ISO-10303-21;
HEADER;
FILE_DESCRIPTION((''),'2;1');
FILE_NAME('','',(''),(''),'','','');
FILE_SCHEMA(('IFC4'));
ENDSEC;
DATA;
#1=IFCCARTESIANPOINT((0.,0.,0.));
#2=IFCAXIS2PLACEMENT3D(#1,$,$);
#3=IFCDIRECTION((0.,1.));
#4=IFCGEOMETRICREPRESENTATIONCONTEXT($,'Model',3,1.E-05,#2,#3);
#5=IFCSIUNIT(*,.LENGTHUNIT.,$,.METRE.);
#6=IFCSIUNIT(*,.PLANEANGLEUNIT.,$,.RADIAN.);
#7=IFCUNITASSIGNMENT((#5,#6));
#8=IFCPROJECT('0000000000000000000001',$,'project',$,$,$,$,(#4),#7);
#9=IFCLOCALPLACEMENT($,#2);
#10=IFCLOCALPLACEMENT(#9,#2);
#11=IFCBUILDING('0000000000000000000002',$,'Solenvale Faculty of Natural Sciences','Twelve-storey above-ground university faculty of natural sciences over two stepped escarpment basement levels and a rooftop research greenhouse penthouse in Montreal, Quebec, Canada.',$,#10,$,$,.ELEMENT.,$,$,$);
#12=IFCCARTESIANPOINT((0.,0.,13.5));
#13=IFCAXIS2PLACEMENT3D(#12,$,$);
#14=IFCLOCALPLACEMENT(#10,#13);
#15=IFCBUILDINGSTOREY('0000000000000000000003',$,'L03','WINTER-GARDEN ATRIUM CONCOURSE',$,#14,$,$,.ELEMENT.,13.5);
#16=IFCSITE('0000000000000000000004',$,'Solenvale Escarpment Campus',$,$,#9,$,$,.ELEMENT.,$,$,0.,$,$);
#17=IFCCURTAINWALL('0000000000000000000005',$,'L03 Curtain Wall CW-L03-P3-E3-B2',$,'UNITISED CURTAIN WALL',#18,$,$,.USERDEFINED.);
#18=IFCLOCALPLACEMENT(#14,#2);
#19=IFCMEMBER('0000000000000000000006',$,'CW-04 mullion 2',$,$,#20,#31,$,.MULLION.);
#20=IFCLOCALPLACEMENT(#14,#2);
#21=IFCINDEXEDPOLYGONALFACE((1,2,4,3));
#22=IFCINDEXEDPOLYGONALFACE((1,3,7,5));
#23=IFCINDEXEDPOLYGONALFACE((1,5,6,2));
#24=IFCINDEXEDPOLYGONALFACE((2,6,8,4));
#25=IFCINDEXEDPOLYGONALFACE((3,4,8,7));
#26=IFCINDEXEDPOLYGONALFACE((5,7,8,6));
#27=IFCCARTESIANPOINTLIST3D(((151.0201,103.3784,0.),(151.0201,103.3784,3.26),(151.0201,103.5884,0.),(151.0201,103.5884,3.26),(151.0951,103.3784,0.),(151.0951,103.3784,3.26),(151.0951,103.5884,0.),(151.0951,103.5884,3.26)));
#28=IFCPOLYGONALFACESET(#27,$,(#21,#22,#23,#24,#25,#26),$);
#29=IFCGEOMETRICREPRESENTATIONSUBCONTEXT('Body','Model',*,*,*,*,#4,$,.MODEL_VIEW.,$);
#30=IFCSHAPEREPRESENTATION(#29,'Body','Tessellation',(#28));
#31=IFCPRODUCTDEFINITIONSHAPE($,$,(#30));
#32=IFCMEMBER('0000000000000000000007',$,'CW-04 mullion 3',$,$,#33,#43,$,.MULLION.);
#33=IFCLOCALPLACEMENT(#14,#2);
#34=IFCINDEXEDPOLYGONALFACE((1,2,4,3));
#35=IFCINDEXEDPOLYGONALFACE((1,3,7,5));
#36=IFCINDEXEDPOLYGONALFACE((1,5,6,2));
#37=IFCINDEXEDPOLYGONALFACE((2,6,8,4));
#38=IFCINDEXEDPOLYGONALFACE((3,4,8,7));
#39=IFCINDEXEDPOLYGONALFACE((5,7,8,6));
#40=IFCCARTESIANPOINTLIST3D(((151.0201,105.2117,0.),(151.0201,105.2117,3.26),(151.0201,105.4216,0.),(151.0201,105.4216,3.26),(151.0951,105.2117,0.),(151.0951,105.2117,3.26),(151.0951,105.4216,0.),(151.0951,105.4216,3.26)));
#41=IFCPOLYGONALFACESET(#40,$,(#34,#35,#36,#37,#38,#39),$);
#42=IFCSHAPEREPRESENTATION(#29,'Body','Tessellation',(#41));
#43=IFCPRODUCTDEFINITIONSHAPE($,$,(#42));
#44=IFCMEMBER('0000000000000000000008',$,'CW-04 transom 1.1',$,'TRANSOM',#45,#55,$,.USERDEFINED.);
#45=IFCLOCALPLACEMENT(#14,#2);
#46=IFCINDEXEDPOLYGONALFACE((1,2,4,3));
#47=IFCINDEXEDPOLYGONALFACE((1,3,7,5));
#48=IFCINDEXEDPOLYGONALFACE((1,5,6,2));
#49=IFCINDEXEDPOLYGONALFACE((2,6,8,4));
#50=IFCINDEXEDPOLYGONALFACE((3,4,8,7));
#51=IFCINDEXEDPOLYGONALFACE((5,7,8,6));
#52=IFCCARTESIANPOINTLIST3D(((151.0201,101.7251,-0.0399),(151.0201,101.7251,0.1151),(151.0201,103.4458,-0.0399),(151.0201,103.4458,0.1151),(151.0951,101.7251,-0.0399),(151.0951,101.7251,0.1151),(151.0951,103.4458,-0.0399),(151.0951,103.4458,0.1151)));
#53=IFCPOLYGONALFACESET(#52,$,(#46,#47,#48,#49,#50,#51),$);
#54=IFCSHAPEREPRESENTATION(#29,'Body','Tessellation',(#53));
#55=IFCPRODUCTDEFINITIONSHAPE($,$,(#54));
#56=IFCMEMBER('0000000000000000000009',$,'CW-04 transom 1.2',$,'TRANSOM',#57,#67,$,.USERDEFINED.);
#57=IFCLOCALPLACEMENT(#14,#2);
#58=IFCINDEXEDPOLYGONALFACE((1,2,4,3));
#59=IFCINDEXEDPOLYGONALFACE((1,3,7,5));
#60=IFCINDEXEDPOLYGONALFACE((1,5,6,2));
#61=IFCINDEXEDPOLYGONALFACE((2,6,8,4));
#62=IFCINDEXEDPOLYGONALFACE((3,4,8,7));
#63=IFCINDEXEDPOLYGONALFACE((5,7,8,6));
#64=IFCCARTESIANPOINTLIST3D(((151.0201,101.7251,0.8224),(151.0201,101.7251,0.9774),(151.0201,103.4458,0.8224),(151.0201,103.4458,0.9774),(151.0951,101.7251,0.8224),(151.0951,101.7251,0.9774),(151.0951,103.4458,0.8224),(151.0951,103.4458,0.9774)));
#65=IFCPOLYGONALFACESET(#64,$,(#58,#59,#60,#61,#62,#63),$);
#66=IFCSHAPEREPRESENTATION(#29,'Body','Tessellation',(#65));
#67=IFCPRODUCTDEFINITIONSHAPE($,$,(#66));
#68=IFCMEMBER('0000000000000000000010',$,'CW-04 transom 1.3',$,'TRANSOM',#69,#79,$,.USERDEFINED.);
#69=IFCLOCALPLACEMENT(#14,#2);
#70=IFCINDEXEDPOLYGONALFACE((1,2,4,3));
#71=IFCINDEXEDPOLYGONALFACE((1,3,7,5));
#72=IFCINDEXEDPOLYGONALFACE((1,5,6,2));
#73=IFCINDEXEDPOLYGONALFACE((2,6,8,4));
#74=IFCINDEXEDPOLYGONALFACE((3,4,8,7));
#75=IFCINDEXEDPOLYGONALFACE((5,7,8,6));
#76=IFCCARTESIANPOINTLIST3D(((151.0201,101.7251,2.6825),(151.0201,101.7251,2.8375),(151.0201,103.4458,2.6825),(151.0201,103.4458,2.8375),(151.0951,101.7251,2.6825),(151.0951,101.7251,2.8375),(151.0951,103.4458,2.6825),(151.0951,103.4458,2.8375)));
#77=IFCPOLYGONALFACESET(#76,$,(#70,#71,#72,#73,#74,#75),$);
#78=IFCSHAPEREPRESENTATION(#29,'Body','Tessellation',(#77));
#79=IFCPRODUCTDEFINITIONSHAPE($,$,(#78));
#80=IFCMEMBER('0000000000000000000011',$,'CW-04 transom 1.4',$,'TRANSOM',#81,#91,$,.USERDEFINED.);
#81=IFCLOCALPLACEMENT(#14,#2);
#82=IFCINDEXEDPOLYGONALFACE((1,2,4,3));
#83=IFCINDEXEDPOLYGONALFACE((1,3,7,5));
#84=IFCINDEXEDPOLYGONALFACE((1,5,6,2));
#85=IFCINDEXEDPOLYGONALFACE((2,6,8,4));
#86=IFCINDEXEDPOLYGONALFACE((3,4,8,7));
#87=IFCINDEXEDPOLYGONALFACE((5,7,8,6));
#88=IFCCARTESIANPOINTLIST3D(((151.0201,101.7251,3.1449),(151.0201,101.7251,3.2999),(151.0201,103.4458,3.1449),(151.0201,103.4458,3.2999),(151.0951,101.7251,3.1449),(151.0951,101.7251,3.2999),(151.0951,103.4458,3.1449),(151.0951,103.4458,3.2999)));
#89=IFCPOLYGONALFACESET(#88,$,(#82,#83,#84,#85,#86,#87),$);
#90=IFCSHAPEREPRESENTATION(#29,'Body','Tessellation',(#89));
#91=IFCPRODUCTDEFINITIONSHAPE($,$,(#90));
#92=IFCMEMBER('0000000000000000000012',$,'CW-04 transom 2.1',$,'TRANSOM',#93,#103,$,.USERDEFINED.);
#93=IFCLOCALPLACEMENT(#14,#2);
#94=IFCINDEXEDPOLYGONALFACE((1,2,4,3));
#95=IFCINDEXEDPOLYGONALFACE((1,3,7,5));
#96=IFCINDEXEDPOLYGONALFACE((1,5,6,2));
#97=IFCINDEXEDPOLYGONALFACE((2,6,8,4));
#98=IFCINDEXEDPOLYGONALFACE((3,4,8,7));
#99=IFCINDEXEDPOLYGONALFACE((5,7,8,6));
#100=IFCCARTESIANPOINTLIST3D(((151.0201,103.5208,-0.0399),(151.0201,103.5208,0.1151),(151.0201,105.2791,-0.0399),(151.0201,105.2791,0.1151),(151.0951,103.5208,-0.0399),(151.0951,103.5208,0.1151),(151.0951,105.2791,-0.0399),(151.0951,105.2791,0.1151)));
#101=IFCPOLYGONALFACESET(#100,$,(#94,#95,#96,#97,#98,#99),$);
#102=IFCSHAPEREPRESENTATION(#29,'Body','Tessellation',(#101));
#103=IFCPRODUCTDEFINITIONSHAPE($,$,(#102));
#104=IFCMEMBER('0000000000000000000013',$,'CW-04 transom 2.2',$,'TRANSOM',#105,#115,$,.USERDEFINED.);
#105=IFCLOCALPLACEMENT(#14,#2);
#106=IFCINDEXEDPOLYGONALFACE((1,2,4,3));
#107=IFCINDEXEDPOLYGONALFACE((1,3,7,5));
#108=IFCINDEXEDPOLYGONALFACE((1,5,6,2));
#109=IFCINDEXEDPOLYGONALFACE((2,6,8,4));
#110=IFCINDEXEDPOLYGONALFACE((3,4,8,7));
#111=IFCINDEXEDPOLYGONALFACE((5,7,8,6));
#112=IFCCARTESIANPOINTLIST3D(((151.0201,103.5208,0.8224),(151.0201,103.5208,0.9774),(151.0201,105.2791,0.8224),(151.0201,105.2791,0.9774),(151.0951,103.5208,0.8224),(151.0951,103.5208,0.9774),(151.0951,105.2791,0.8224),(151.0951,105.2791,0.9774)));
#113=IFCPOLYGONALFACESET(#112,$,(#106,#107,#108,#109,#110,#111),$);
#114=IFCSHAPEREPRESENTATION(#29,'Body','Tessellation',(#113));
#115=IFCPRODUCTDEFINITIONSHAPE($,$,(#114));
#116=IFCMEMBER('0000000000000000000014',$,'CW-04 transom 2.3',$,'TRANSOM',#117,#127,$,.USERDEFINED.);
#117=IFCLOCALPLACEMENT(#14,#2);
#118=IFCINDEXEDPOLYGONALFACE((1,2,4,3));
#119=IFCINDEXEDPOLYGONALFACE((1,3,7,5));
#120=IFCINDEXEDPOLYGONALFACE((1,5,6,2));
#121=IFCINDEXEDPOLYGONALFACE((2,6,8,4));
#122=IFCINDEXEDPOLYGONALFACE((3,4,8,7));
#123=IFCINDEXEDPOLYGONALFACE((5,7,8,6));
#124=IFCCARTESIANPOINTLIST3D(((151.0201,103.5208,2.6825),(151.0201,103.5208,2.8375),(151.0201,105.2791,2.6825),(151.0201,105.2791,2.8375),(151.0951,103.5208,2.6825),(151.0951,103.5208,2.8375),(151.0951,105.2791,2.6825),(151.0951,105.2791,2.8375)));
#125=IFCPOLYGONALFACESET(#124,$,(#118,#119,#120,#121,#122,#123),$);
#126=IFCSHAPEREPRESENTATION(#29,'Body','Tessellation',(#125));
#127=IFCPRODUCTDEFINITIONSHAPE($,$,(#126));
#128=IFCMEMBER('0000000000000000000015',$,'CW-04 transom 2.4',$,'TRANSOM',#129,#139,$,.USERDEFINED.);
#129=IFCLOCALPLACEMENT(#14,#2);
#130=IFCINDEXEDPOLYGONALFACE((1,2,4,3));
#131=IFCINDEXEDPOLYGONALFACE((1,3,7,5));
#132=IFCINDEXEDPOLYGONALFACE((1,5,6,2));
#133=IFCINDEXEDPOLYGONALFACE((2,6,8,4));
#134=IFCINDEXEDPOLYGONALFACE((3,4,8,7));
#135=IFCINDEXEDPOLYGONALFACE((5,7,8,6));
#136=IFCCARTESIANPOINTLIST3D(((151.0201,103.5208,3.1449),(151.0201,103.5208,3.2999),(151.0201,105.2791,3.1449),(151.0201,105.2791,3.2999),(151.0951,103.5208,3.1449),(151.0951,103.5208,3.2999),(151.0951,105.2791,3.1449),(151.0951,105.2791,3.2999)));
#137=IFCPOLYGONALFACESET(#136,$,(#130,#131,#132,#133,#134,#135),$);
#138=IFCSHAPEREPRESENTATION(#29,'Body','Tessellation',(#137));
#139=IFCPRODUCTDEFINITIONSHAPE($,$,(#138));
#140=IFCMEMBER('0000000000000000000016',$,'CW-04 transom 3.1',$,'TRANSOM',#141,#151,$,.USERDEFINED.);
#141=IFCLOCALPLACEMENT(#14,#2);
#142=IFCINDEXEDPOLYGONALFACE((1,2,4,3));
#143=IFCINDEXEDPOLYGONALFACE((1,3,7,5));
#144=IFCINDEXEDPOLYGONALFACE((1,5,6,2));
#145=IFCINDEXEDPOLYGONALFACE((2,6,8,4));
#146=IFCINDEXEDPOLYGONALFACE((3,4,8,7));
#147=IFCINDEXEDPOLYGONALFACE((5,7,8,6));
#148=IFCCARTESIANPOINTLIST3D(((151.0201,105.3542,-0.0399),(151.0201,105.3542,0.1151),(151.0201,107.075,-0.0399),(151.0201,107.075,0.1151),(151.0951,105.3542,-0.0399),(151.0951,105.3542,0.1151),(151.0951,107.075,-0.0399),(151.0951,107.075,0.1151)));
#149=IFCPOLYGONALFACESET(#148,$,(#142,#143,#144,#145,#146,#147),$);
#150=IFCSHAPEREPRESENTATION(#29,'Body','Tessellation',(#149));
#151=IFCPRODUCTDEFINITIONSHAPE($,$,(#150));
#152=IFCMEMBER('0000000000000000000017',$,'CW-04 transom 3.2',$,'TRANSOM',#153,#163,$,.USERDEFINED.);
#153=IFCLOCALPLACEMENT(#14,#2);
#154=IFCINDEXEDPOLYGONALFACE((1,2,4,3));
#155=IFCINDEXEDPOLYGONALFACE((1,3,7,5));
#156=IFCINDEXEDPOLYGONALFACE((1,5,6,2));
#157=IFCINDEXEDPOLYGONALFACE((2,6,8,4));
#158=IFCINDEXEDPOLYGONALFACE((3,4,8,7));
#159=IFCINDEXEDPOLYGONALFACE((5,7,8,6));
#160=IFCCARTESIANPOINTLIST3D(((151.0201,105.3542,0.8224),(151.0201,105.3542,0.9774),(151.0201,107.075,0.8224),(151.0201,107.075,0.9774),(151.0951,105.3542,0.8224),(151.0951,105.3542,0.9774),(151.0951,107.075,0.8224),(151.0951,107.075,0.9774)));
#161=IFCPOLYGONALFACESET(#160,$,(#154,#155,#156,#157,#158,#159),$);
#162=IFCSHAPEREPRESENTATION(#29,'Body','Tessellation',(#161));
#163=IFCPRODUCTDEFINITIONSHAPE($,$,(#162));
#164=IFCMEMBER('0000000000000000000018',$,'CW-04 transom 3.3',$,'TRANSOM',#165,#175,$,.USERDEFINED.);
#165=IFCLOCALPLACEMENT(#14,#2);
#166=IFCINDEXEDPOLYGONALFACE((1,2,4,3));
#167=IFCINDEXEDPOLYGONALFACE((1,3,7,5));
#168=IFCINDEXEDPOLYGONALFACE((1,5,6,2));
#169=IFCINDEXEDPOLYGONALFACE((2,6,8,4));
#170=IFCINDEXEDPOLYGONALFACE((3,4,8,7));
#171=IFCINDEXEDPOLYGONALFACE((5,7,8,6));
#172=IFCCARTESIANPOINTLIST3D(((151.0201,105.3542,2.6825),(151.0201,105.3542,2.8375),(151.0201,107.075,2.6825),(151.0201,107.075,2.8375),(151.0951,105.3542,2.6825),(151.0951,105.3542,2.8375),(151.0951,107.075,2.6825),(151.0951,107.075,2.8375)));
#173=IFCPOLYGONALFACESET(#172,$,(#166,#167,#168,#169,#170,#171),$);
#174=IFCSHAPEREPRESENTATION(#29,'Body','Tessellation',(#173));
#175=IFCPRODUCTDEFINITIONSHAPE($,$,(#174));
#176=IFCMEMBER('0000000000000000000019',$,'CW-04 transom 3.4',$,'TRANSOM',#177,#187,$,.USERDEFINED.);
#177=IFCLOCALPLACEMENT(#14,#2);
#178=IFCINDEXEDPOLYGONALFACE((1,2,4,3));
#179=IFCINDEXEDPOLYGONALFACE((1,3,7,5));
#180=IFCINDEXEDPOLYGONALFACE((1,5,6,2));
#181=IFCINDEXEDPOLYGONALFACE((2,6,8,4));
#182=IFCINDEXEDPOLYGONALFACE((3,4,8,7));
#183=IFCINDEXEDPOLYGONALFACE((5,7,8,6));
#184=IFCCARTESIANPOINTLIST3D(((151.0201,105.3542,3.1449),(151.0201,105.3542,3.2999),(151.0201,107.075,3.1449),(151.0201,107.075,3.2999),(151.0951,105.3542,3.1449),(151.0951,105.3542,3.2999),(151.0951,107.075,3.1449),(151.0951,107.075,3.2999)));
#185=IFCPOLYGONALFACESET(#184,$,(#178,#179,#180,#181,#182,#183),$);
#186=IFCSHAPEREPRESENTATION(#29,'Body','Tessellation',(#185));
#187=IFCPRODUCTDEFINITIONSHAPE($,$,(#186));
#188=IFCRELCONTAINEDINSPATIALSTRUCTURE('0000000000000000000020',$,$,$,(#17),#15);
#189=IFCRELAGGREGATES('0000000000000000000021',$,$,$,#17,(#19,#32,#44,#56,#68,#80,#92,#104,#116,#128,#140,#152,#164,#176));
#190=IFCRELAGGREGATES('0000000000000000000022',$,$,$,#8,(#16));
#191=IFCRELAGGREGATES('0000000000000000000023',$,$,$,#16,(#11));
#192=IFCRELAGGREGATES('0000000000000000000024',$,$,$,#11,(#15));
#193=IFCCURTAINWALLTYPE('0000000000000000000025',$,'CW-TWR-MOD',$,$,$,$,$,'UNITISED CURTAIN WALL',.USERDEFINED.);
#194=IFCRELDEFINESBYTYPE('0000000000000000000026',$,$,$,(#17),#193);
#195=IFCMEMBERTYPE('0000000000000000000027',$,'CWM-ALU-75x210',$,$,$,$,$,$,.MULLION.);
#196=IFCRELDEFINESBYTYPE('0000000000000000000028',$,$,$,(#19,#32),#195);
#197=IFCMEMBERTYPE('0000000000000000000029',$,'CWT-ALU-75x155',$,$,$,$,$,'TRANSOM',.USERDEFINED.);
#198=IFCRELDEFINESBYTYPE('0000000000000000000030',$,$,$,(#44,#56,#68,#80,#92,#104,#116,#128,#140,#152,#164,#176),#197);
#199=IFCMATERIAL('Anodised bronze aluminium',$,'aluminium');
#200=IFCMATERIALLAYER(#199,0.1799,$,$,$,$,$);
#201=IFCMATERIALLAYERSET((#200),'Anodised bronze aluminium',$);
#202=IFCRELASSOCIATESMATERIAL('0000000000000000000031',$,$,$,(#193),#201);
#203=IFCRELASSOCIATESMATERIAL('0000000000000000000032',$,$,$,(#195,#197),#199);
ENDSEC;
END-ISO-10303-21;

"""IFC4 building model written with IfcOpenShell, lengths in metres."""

from ifc_helpers import new_model, si_unit, direction, frame, origin, origin_2d, place, context, subcontext, project, spatial, rectangle, extrude, material, layer, layer_set, material_profile, profile_set, type_object, element, aggregate, save


model = new_model("IFC4")

# Units and contexts
model_context = context("Model", 3, precision=1e-05, world=origin(), true_north=direction((0.0, 1.0)))
body_context = subcontext(model_context, "Body", "Model", "MODEL_VIEW")
ifc_project = project(units=[si_unit("LENGTHUNIT", "METRE"), si_unit("PLANEANGLEUNIT", "RADIAN")], contexts=[model_context])

# Site, building, storey
site_placement = place(None, origin())
site = spatial("IfcSite", under=ifc_project, at=site_placement, Name="Solenvale Escarpment Campus", CompositionType="ELEMENT", RefElevation=0.0)
building_placement = place(site_placement, origin())
building = spatial("IfcBuilding", under=site, at=building_placement, Name="Solenvale Faculty of Natural Sciences", Description="Twelve-storey above-ground university faculty of natural sciences over two stepped escarpment basement levels and a rooftop research greenhouse penthouse in Montreal, Quebec, Canada.", CompositionType="ELEMENT")
storey_placement = place(building_placement, frame((0.0, 0.0, 13.5)))
storey = spatial("IfcBuildingStorey", under=building, at=storey_placement, Name="L03", Description="WINTER-GARDEN ATRIUM CONCOURSE", CompositionType="ELEMENT", Elevation=13.5)

# Curtain wall, members
ifc_material_1 = material(Name="Anodised bronze aluminium", Category="aluminium")
ifc_layer_1 = layer(ifc_material_1, 0.1799)
ifc_layer_set_1 = layer_set([ifc_layer_1], Name="Anodised bronze aluminium")
curtain_wall_type = type_object("IfcCurtainWallType", Name="CW-TWR-MOD", ElementType="UNITISED CURTAIN WALL", PredefinedType="USERDEFINED", material=ifc_layer_set_1)
curtain_wall_placement = place(storey_placement, origin())
curtain_wall = element("IfcCurtainWall", 1, at=curtain_wall_placement, inside=storey, type_object=curtain_wall_type, Name="L03 Curtain Wall CW-L03-P3-E3-B2", ObjectType="UNITISED CURTAIN WALL", PredefinedType="USERDEFINED")
ifc_material_profile_1 = material_profile(ifc_material_1, rectangle(XDim=0.075, YDim=0.21, at=origin_2d()), Name="ALU-MUL-75x210")
ifc_profile_set_1 = profile_set([ifc_material_profile_1], Name="Anodised bronze aluminium")
member_type_1 = type_object("IfcMemberType", Name="CWM-ALU-75x210", PredefinedType="MULLION", material=ifc_profile_set_1)
member_1_placement = place(storey_placement, frame((151.0576, 103.4834, 0.0), z_axis=(0.0, 0.0, 1.0), x_axis=(-1.0, 0.0, 0.0)))
member_1 = element("IfcMember", 2, at=member_1_placement, type_object=member_type_1, Name="CW-04 mullion 2", PredefinedType="MULLION", context=body_context, shape_type="SweptSolid", body=[
    extrude(rectangle(XDim=0.075, YDim=0.21, at=origin_2d()), origin(), (0.0, 0.0, 1.0), 3.26),
])
member_2_placement = place(storey_placement, frame((151.0576, 105.3167, 0.0), z_axis=(0.0, 0.0, 1.0), x_axis=(-1.0, 0.0, 0.0)))
member_2 = element("IfcMember", 3, at=member_2_placement, type_object=member_type_1, Name="CW-04 mullion 3", PredefinedType="MULLION", context=body_context, shape_type="SweptSolid", body=[
    extrude(rectangle(XDim=0.075, YDim=0.21, at=origin_2d()), origin(), (0.0, 0.0, 1.0), 3.26),
])
ifc_material_profile_2 = material_profile(ifc_material_1, rectangle(XDim=0.075, YDim=0.155, at=origin_2d()), Name="ALU-TRN-75x155")
ifc_profile_set_2 = profile_set([ifc_material_profile_2], Name="Anodised bronze aluminium")
member_type_2 = type_object("IfcMemberType", Name="CWT-ALU-75x155", ElementType="TRANSOM", PredefinedType="USERDEFINED", material=ifc_profile_set_2)
member_3_placement = place(storey_placement, frame((151.0576, 101.7251, 0.0376), z_axis=(0.0, 1.0, 0.0), x_axis=(-1.0, 0.0, 0.0)))
member_3 = element("IfcMember", 4, at=member_3_placement, type_object=member_type_2, Name="CW-04 transom 1.1", ObjectType="TRANSOM", PredefinedType="USERDEFINED", context=body_context, shape_type="SweptSolid", body=[
    extrude(rectangle(XDim=0.075, YDim=0.155, at=origin_2d()), origin(), (0.0, 0.0, 1.0), 1.7207),
])
member_4_placement = place(storey_placement, frame((151.0576, 101.7251, 0.8999), z_axis=(0.0, 1.0, 0.0), x_axis=(-1.0, 0.0, 0.0)))
member_4 = element("IfcMember", 5, at=member_4_placement, type_object=member_type_2, Name="CW-04 transom 1.2", ObjectType="TRANSOM", PredefinedType="USERDEFINED", context=body_context, shape_type="SweptSolid", body=[
    extrude(rectangle(XDim=0.075, YDim=0.155, at=origin_2d()), origin(), (0.0, 0.0, 1.0), 1.7207),
])
member_5_placement = place(storey_placement, frame((151.0576, 101.7251, 2.76), z_axis=(0.0, 1.0, 0.0), x_axis=(-1.0, 0.0, 0.0)))
member_5 = element("IfcMember", 6, at=member_5_placement, type_object=member_type_2, Name="CW-04 transom 1.3", ObjectType="TRANSOM", PredefinedType="USERDEFINED", context=body_context, shape_type="SweptSolid", body=[
    extrude(rectangle(XDim=0.075, YDim=0.155, at=origin_2d()), origin(), (0.0, 0.0, 1.0), 1.7207),
])
member_6_placement = place(storey_placement, frame((151.0576, 101.7251, 3.2224), z_axis=(0.0, 1.0, 0.0), x_axis=(-1.0, 0.0, 0.0)))
member_6 = element("IfcMember", 7, at=member_6_placement, type_object=member_type_2, Name="CW-04 transom 1.4", ObjectType="TRANSOM", PredefinedType="USERDEFINED", context=body_context, shape_type="SweptSolid", body=[
    extrude(rectangle(XDim=0.075, YDim=0.155, at=origin_2d()), origin(), (0.0, 0.0, 1.0), 1.7207),
])
member_7_placement = place(storey_placement, frame((151.0576, 103.5208, 0.0376), z_axis=(0.0, 1.0, 0.0), x_axis=(-1.0, 0.0, 0.0)))
member_7 = element("IfcMember", 8, at=member_7_placement, type_object=member_type_2, Name="CW-04 transom 2.1", ObjectType="TRANSOM", PredefinedType="USERDEFINED", context=body_context, shape_type="SweptSolid", body=[
    extrude(rectangle(XDim=0.075, YDim=0.155, at=origin_2d()), origin(), (0.0, 0.0, 1.0), 1.7583),
])
member_8_placement = place(storey_placement, frame((151.0576, 103.5208, 0.8999), z_axis=(0.0, 1.0, 0.0), x_axis=(-1.0, 0.0, 0.0)))
member_8 = element("IfcMember", 9, at=member_8_placement, type_object=member_type_2, Name="CW-04 transom 2.2", ObjectType="TRANSOM", PredefinedType="USERDEFINED", context=body_context, shape_type="SweptSolid", body=[
    extrude(rectangle(XDim=0.075, YDim=0.155, at=origin_2d()), origin(), (0.0, 0.0, 1.0), 1.7583),
])
member_9_placement = place(storey_placement, frame((151.0576, 103.5208, 2.76), z_axis=(0.0, 1.0, 0.0), x_axis=(-1.0, 0.0, 0.0)))
member_9 = element("IfcMember", 10, at=member_9_placement, type_object=member_type_2, Name="CW-04 transom 2.3", ObjectType="TRANSOM", PredefinedType="USERDEFINED", context=body_context, shape_type="SweptSolid", body=[
    extrude(rectangle(XDim=0.075, YDim=0.155, at=origin_2d()), origin(), (0.0, 0.0, 1.0), 1.7583),
])
member_10_placement = place(storey_placement, frame((151.0576, 103.5208, 3.2224), z_axis=(0.0, 1.0, 0.0), x_axis=(-1.0, 0.0, 0.0)))
member_10 = element("IfcMember", 11, at=member_10_placement, type_object=member_type_2, Name="CW-04 transom 2.4", ObjectType="TRANSOM", PredefinedType="USERDEFINED", context=body_context, shape_type="SweptSolid", body=[
    extrude(rectangle(XDim=0.075, YDim=0.155, at=origin_2d()), origin(), (0.0, 0.0, 1.0), 1.7583),
])
member_11_placement = place(storey_placement, frame((151.0576, 105.3542, 0.0376), z_axis=(0.0, 1.0, 0.0), x_axis=(-1.0, 0.0, 0.0)))
member_11 = element("IfcMember", 12, at=member_11_placement, type_object=member_type_2, Name="CW-04 transom 3.1", ObjectType="TRANSOM", PredefinedType="USERDEFINED", context=body_context, shape_type="SweptSolid", body=[
    extrude(rectangle(XDim=0.075, YDim=0.155, at=origin_2d()), origin(), (0.0, 0.0, 1.0), 1.7207),
])
member_12_placement = place(storey_placement, frame((151.0576, 105.3542, 0.8999), z_axis=(0.0, 1.0, 0.0), x_axis=(-1.0, 0.0, 0.0)))
member_12 = element("IfcMember", 13, at=member_12_placement, type_object=member_type_2, Name="CW-04 transom 3.2", ObjectType="TRANSOM", PredefinedType="USERDEFINED", context=body_context, shape_type="SweptSolid", body=[
    extrude(rectangle(XDim=0.075, YDim=0.155, at=origin_2d()), origin(), (0.0, 0.0, 1.0), 1.7207),
])
member_13_placement = place(storey_placement, frame((151.0576, 105.3542, 2.76), z_axis=(0.0, 1.0, 0.0), x_axis=(-1.0, 0.0, 0.0)))
member_13 = element("IfcMember", 14, at=member_13_placement, type_object=member_type_2, Name="CW-04 transom 3.3", ObjectType="TRANSOM", PredefinedType="USERDEFINED", context=body_context, shape_type="SweptSolid", body=[
    extrude(rectangle(XDim=0.075, YDim=0.155, at=origin_2d()), origin(), (0.0, 0.0, 1.0), 1.7207),
])
member_14_placement = place(storey_placement, frame((151.0576, 105.3542, 3.2224), z_axis=(0.0, 1.0, 0.0), x_axis=(-1.0, 0.0, 0.0)))
member_14 = element("IfcMember", 15, at=member_14_placement, type_object=member_type_2, Name="CW-04 transom 3.4", ObjectType="TRANSOM", PredefinedType="USERDEFINED", context=body_context, shape_type="SweptSolid", body=[
    extrude(rectangle(XDim=0.075, YDim=0.155, at=origin_2d()), origin(), (0.0, 0.0, 1.0), 1.7207),
])
aggregate(curtain_wall, [member_1, member_2, member_3, member_4, member_5, member_6, member_7, member_8, member_9, member_10, member_11, member_12, member_13, member_14])

save(model, "model.ifc")
